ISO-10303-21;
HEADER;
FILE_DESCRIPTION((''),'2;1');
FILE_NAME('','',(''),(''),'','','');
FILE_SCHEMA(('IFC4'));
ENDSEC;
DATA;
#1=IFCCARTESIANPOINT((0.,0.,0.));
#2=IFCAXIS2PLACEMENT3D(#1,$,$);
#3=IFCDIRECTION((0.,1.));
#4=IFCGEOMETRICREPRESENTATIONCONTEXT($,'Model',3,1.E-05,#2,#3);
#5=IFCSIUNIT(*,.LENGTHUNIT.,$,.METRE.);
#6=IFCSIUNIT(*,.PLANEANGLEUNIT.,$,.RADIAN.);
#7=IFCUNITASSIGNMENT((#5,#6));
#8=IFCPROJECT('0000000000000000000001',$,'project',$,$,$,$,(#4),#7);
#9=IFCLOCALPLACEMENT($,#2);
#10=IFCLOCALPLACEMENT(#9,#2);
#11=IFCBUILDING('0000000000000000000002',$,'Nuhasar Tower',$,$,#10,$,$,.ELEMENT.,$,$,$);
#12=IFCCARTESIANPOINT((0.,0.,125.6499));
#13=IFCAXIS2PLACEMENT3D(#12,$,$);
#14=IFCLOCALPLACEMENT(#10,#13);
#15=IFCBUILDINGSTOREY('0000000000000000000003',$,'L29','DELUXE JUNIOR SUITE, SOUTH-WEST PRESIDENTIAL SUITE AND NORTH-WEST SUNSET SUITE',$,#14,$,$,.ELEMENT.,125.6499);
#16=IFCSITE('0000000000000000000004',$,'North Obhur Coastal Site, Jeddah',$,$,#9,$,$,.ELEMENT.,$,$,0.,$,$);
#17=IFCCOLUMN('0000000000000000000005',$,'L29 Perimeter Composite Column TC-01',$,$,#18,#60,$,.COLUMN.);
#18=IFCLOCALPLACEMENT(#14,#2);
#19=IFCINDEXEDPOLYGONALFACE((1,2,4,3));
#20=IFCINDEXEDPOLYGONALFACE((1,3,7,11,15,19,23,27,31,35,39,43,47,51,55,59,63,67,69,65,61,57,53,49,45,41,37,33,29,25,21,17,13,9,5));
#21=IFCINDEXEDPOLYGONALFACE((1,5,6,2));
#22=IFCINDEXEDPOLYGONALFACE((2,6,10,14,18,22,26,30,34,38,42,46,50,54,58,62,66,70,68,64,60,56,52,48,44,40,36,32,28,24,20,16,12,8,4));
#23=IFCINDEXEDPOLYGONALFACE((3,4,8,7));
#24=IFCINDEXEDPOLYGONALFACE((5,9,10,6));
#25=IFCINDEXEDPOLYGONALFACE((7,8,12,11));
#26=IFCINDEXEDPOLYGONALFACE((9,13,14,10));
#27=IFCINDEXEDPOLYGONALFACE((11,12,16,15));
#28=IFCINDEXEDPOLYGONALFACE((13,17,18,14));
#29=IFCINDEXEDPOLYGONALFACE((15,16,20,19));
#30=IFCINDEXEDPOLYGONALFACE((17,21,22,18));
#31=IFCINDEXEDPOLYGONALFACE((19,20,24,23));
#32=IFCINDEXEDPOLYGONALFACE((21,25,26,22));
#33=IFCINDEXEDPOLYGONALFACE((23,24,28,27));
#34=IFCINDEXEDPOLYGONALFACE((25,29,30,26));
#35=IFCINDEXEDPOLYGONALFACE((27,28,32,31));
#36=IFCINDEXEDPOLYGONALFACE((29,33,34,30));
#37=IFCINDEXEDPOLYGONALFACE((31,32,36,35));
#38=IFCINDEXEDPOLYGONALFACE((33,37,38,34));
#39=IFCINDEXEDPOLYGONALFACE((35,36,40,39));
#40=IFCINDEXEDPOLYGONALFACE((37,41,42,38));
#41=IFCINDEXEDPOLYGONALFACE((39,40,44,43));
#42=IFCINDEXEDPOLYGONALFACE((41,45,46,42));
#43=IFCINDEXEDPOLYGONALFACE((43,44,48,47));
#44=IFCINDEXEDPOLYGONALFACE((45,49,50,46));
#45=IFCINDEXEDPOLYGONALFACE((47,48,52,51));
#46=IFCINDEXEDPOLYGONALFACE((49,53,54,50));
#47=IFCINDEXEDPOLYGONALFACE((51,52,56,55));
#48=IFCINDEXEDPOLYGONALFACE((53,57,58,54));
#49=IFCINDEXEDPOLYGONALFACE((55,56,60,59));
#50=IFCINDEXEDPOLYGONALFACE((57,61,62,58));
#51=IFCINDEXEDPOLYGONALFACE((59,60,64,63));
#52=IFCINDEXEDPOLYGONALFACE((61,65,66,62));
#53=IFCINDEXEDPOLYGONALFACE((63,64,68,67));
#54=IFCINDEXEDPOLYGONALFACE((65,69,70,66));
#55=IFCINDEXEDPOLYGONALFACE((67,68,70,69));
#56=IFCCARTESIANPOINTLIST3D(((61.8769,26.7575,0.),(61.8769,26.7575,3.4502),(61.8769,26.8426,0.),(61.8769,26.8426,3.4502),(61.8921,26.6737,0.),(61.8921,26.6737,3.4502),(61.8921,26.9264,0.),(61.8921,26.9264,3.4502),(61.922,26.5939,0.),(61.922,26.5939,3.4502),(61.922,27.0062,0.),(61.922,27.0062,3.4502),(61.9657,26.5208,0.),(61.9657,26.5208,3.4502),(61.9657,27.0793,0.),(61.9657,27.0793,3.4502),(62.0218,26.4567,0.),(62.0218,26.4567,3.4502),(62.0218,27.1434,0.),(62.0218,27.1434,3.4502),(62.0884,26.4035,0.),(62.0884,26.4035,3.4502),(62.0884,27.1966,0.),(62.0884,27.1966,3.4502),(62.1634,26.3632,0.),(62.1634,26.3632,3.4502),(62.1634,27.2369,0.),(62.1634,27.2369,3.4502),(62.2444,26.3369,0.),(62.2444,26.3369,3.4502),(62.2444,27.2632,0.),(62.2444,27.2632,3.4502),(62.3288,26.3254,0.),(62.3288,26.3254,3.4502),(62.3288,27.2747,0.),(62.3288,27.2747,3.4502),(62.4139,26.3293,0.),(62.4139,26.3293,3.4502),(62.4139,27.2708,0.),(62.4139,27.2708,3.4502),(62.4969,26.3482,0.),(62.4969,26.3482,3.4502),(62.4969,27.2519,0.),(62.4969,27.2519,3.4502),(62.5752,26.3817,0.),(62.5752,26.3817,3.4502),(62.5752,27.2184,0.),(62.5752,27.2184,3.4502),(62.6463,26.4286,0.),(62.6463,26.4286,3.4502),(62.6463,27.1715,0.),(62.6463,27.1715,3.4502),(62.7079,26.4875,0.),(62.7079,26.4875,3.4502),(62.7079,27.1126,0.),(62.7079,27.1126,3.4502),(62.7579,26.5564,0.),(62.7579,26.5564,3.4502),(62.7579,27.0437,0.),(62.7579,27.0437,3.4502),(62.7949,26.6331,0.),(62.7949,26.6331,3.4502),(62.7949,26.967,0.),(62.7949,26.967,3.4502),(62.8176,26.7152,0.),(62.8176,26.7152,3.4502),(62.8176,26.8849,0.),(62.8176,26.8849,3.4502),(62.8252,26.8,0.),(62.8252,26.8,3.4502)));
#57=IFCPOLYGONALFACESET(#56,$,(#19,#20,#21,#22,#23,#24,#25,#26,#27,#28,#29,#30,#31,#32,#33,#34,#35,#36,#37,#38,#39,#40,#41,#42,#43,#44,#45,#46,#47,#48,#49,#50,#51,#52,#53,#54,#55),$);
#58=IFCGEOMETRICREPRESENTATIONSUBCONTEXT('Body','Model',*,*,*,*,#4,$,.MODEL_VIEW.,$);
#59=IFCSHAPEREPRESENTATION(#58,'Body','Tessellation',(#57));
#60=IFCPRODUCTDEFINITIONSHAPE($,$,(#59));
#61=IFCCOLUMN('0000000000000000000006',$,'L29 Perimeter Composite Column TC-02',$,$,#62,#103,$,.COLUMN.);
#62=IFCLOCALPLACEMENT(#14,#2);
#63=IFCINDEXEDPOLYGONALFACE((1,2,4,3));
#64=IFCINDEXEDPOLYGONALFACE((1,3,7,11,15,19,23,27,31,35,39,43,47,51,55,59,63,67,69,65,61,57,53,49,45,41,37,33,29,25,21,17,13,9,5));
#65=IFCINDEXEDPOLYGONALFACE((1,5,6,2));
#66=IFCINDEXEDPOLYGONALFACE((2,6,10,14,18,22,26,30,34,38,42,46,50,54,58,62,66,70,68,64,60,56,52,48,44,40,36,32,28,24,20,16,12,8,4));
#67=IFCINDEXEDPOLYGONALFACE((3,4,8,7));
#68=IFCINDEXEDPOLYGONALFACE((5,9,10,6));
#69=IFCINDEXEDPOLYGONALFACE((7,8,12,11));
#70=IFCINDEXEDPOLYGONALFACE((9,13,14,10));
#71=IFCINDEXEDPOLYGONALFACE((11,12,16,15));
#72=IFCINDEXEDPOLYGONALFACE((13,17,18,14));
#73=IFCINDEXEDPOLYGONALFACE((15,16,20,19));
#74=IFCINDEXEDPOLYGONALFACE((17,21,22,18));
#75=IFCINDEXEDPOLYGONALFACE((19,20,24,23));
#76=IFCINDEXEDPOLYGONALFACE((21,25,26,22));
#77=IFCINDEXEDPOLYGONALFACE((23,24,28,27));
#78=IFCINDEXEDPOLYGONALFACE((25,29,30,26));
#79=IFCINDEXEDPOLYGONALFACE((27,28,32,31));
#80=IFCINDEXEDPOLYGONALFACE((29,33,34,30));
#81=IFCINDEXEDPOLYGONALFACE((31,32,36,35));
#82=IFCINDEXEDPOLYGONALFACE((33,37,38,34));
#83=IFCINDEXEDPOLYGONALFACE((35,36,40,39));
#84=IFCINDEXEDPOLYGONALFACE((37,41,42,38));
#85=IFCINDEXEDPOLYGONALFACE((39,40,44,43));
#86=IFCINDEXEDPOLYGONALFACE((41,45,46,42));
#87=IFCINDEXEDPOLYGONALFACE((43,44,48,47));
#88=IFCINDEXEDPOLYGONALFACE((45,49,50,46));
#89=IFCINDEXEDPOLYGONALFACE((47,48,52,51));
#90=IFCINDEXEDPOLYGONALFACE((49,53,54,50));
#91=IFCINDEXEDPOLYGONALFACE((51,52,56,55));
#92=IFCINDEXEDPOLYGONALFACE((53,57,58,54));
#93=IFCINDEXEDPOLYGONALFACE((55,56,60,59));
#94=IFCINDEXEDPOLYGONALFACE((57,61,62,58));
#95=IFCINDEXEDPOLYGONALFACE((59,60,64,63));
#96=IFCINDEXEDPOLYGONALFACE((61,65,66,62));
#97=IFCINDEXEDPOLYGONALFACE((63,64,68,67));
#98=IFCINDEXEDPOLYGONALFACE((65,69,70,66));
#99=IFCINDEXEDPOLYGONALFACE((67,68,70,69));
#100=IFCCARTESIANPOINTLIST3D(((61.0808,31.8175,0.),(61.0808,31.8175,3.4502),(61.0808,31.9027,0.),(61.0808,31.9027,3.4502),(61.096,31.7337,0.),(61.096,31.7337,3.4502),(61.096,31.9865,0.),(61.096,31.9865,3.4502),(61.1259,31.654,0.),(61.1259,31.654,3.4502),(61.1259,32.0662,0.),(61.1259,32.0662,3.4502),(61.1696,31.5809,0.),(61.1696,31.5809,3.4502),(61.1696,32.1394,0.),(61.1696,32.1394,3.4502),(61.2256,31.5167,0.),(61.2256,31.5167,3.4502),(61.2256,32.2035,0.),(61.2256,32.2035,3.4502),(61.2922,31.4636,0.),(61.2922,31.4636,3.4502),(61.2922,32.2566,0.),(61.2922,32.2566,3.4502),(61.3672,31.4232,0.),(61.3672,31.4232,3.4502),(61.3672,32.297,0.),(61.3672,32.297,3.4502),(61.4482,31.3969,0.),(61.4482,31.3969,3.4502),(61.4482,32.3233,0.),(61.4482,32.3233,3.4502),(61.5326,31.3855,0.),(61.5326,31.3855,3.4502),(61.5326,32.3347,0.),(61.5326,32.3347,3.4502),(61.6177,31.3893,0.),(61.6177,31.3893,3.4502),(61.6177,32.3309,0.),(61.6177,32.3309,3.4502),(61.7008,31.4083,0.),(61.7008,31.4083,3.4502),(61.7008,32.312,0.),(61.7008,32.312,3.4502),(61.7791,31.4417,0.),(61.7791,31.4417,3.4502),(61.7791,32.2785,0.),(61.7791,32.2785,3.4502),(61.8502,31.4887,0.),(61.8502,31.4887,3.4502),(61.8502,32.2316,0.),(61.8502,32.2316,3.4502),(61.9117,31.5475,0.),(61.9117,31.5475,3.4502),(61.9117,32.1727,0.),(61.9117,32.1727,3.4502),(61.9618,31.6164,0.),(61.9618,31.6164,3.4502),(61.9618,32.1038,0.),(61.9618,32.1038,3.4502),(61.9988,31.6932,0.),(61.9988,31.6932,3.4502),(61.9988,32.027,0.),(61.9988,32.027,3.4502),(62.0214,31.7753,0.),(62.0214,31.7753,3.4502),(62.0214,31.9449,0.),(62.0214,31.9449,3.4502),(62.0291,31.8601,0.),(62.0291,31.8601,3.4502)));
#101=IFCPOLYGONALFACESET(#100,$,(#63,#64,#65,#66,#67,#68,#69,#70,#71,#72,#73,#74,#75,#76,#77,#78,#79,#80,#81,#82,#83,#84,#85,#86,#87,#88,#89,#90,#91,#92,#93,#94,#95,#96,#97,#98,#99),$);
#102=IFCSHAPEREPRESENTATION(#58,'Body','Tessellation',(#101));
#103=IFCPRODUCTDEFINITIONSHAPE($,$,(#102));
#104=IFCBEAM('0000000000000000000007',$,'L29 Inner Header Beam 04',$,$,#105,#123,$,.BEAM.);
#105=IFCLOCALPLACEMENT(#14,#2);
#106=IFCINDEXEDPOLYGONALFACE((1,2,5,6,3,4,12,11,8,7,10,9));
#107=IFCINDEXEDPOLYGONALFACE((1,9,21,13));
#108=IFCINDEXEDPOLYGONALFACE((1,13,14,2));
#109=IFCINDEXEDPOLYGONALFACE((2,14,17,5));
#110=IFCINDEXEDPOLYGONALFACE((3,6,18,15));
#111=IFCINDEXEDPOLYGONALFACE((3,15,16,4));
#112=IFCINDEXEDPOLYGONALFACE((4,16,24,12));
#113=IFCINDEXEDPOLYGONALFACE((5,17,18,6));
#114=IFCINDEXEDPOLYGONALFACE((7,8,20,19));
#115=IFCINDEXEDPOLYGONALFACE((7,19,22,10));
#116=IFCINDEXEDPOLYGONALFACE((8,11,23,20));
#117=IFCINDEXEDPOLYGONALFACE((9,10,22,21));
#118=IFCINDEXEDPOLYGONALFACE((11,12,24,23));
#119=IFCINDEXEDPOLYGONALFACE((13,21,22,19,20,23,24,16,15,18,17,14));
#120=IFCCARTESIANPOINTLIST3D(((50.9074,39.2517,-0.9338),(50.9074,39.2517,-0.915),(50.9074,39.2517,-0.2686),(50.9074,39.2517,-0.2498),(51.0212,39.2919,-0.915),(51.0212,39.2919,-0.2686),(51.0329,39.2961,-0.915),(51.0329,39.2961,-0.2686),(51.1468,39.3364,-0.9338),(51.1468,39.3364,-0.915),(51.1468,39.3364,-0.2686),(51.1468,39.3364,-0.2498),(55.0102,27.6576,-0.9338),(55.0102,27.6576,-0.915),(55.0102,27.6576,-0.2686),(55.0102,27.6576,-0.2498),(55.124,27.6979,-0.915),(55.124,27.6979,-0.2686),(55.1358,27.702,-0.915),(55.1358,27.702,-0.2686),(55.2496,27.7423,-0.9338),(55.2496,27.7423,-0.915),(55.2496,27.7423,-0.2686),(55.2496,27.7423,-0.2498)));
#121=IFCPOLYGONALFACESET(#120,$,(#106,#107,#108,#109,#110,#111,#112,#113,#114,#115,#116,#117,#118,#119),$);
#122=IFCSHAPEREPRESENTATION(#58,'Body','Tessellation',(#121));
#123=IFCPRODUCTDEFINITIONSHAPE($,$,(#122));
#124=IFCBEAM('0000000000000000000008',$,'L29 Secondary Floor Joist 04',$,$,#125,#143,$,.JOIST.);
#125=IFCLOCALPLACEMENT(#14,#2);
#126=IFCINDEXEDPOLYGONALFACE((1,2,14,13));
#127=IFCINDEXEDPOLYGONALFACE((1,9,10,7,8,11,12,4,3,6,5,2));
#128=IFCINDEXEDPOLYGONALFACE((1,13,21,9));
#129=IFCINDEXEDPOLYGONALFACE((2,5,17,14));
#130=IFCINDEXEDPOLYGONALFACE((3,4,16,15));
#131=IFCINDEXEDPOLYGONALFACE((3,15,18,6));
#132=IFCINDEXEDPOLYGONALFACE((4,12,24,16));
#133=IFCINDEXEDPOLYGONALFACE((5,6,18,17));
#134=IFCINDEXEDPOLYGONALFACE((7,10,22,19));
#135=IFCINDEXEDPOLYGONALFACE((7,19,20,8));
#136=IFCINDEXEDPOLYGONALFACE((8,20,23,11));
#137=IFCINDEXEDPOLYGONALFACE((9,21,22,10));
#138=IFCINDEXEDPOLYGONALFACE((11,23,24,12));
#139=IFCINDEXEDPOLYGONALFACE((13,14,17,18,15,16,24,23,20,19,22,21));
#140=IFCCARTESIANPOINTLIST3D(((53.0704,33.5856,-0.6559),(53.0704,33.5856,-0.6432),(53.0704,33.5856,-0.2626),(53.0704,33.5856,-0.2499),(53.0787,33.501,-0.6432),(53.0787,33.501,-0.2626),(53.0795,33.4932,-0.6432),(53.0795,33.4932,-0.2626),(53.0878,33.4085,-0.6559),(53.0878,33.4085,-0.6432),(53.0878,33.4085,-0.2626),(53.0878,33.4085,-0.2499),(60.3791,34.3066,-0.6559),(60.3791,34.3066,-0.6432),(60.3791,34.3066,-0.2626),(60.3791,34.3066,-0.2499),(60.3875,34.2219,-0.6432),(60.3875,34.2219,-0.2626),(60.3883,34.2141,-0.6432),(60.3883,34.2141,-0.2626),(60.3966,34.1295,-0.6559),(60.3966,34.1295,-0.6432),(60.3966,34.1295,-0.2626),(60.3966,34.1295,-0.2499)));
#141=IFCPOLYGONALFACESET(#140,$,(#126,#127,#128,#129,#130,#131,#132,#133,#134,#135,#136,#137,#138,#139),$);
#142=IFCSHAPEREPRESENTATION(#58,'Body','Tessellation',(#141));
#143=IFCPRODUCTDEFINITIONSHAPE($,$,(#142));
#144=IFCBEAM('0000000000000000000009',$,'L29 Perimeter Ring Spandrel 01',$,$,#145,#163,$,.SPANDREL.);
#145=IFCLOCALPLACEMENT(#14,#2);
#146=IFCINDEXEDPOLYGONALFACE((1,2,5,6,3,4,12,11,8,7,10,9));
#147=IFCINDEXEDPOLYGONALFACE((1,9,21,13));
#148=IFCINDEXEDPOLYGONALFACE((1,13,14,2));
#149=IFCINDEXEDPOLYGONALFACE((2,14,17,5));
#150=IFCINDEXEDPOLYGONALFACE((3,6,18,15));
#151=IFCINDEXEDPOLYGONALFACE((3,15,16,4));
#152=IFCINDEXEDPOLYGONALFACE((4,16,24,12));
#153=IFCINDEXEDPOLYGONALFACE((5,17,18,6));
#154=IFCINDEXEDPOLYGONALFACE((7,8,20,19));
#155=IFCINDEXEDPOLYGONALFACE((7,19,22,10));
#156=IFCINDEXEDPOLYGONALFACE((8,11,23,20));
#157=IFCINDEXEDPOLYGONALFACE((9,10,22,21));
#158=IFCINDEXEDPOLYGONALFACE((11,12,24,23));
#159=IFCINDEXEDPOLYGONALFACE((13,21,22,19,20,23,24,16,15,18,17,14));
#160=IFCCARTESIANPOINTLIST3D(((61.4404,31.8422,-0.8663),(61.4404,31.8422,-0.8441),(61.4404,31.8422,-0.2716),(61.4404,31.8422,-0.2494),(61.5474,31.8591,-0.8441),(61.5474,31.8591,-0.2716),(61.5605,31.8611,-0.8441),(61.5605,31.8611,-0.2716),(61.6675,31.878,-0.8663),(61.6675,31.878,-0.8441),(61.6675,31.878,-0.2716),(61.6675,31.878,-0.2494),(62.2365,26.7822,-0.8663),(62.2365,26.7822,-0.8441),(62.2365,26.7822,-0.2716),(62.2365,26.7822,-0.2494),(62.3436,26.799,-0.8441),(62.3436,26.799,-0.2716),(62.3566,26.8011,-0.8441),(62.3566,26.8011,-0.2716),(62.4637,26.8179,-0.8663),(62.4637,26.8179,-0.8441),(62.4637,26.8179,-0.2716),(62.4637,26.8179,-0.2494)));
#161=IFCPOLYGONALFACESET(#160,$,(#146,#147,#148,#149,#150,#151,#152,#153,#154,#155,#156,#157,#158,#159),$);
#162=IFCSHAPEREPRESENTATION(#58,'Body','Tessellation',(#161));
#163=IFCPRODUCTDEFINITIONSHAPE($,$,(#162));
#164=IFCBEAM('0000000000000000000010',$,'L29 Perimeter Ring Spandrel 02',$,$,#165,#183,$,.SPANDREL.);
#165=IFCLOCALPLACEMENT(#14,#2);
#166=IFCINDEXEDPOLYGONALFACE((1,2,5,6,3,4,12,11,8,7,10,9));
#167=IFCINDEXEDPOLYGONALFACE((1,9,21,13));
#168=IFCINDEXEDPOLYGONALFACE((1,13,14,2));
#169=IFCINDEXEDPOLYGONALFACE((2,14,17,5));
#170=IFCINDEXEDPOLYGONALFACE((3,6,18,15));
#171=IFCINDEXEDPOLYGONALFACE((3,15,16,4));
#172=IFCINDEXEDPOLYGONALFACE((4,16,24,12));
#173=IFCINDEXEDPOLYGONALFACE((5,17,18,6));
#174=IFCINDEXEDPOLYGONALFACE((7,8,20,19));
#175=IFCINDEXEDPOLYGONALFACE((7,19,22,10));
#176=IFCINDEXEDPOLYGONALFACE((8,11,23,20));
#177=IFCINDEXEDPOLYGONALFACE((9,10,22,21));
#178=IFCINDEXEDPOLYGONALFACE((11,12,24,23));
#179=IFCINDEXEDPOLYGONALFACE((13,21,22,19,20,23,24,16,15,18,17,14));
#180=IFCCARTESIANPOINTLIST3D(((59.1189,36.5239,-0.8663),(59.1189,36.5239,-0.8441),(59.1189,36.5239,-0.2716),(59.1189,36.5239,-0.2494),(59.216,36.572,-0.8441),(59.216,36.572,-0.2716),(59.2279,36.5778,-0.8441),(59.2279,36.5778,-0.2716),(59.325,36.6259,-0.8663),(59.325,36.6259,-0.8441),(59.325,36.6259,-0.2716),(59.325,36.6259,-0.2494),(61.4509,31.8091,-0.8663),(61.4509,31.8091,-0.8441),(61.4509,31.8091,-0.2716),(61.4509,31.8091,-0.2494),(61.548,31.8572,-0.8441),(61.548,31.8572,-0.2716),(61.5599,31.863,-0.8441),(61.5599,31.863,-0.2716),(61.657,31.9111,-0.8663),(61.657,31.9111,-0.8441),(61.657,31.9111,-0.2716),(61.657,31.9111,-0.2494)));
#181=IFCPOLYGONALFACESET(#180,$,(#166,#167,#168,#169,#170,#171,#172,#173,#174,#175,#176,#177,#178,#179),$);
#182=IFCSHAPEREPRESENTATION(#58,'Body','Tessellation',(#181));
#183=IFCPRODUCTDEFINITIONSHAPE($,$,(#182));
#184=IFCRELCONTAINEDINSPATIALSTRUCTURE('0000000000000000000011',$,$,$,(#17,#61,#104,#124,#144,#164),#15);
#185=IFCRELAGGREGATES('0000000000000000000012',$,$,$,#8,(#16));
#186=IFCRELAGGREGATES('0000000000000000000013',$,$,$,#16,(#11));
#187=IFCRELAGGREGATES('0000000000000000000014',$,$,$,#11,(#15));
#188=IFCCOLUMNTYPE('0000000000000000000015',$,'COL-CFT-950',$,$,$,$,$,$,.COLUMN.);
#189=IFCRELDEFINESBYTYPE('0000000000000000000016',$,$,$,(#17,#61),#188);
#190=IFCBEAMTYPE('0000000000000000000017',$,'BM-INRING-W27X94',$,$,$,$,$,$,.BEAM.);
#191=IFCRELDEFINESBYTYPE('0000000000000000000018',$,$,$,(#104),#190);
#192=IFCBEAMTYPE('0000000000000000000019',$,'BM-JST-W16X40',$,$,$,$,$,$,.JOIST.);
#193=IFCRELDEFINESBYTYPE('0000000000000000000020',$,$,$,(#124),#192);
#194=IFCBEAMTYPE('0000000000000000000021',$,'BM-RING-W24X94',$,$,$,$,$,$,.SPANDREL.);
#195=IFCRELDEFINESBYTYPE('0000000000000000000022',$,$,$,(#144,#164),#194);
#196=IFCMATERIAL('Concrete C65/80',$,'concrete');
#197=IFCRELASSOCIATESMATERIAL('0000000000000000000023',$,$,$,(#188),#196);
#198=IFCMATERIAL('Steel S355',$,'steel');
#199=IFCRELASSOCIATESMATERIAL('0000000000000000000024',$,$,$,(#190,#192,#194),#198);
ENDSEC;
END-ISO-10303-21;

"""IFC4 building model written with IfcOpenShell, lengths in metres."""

from ifc_helpers import new_model, si_unit, direction, frame, origin, origin_2d, place, context, subcontext, project, spatial, circle, i_section, extrude, material, material_profile, profile_set, type_object, element, save


model = new_model("IFC4")

# Units and contexts
model_context = context("Model", 3, precision=1e-05, world=origin(), true_north=direction((0.0, 1.0)))
body_context = subcontext(model_context, "Body", "Model", "MODEL_VIEW")
ifc_project = project(units=[si_unit("LENGTHUNIT", "METRE"), si_unit("PLANEANGLEUNIT", "RADIAN")], contexts=[model_context])

# Site, building, storey
site_placement = place(None, origin())
site = spatial("IfcSite", under=ifc_project, at=site_placement, Name="North Obhur Coastal Site, Jeddah", CompositionType="ELEMENT", RefElevation=0.0)
building_placement = place(site_placement, origin())
building = spatial("IfcBuilding", under=site, at=building_placement, Name="Nuhasar Tower", CompositionType="ELEMENT")
storey_placement = place(building_placement, frame((0.0, 0.0, 125.6499)))
storey = spatial("IfcBuildingStorey", under=building, at=storey_placement, Name="L29", Description="DELUXE JUNIOR SUITE, SOUTH-WEST PRESIDENTIAL SUITE AND NORTH-WEST SUNSET SUITE", CompositionType="ELEMENT", Elevation=125.6499)

# Columns
ifc_material_1 = material(Name="Concrete C65/80", Category="concrete")
ifc_material_profile_1 = material_profile(ifc_material_1, circle(Radius=0.4751, at=origin_2d()), Name="CFT950")
ifc_profile_set_1 = profile_set([ifc_material_profile_1], Name="Concrete C65/80")
column_type = type_object("IfcColumnType", Name="COL-CFT-950", PredefinedType="COLUMN", material=ifc_profile_set_1)
for number, where, z_axis, x_axis, name in (
    (1, (62.3501, 26.8, 0.0), (0.0, 0.0, 1.0), (1.0, 0.0, 0.0), "L29 Perimeter Composite Column TC-01"),
    (2, (61.554, 31.8601, 0.0), (0.0, 0.0, 1.0), (1.0, 0.0, 0.0), "L29 Perimeter Composite Column TC-02"),
):
    element("IfcColumn", number, at=place(storey_placement, frame(where, z_axis=z_axis, x_axis=x_axis)), inside=storey, type_object=column_type, Name=name, PredefinedType="COLUMN", context=body_context, shape_type="SweptSolid", body=[
        extrude(circle(Radius=0.4751, at=origin_2d()), origin(), (0.0, 0.0, 1.0), 3.4502),
    ])

# Beams
ifc_material_2 = material(Name="Steel S355", Category="steel")
ifc_material_profile_2 = material_profile(ifc_material_2, i_section(OverallWidth=0.2539, OverallDepth=0.6841, WebThickness=0.0125, FlangeThickness=0.0188, at=origin_2d()), Name="W27X94")
ifc_profile_set_2 = profile_set([ifc_material_profile_2], Name="Steel S355")
beam_type_1 = type_object("IfcBeamType", Name="BM-INRING-W27X94", PredefinedType="BEAM", material=ifc_profile_set_2)
beam_1_placement = place(storey_placement, frame((55.1299, 27.7, -0.5918), z_axis=(-0.3336, 0.942715, 0.0), x_axis=(-0.942715, -0.3336, 0.0)))
element("IfcBeam", 3, at=beam_1_placement, inside=storey, type_object=beam_type_1, Name="L29 Inner Header Beam 04", PredefinedType="BEAM", context=body_context, shape_type="SweptSolid", body=[
    extrude(i_section(OverallWidth=0.2539, OverallDepth=0.6841, WebThickness=0.0125, FlangeThickness=0.0188, at=origin_2d()), origin(), (0.0, 0.0, 1.0), 12.2986),
])
ifc_material_profile_3 = material_profile(ifc_material_2, i_section(OverallWidth=0.178, OverallDepth=0.406, WebThickness=0.0078, FlangeThickness=0.0127, at=origin_2d()), Name="W16X40")
ifc_profile_set_3 = profile_set([ifc_material_profile_3], Name="Steel S355")
beam_type_2 = type_object("IfcBeamType", Name="BM-JST-W16X40", PredefinedType="JOIST", material=ifc_profile_set_3)
beam_2_placement = place(storey_placement, frame((53.0791, 33.4971, -0.4529), z_axis=(0.99517, 0.098164, 0.0), x_axis=(-0.098164, 0.99517, 0.0)))
element("IfcBeam", 4, at=beam_2_placement, inside=storey, type_object=beam_type_2, Name="L29 Secondary Floor Joist 04", PredefinedType="JOIST", context=body_context, shape_type="SweptSolid", body=[
    extrude(i_section(OverallWidth=0.178, OverallDepth=0.406, WebThickness=0.0078, FlangeThickness=0.0127, at=origin_2d()), origin(), (0.0, 0.0, 1.0), 7.3442),
])
ifc_material_profile_4 = material_profile(ifc_material_2, i_section(OverallWidth=0.23, OverallDepth=0.6169, WebThickness=0.0132, FlangeThickness=0.0222, at=origin_2d()), Name="W24X94")
ifc_profile_set_4 = profile_set([ifc_material_profile_4], Name="Steel S355")
beam_type_3 = type_object("IfcBeamType", Name="BM-RING-W24X94", PredefinedType="SPANDREL", material=ifc_profile_set_4)
beam_3_placement = place(storey_placement, frame((62.3501, 26.8, -0.5579), z_axis=(-0.155427, 0.987847, 0.0), x_axis=(-0.987847, -0.155427, 0.0)))
element("IfcBeam", 5, at=beam_3_placement, inside=storey, type_object=beam_type_3, Name="L29 Perimeter Ring Spandrel 01", PredefinedType="SPANDREL", context=body_context, shape_type="SweptSolid", body=[
    extrude(i_section(OverallWidth=0.23, OverallDepth=0.6169, WebThickness=0.0132, FlangeThickness=0.0222, at=origin_2d()), origin(), (0.0, 0.0, 1.0), 5.1223),
])
beam_4_placement = place(storey_placement, frame((61.554, 31.8601, -0.5579), z_axis=(-0.443348, 0.89635, 0.0), x_axis=(-0.89635, -0.443348, 0.0)))
element("IfcBeam", 6, at=beam_4_placement, inside=storey, type_object=beam_type_3, Name="L29 Perimeter Ring Spandrel 02", PredefinedType="SPANDREL", context=body_context, shape_type="SweptSolid", body=[
    extrude(i_section(OverallWidth=0.23, OverallDepth=0.6169, WebThickness=0.0132, FlangeThickness=0.0222, at=origin_2d()), origin(), (0.0, 0.0, 1.0), 5.26),
])

save(model, "model.ifc")
